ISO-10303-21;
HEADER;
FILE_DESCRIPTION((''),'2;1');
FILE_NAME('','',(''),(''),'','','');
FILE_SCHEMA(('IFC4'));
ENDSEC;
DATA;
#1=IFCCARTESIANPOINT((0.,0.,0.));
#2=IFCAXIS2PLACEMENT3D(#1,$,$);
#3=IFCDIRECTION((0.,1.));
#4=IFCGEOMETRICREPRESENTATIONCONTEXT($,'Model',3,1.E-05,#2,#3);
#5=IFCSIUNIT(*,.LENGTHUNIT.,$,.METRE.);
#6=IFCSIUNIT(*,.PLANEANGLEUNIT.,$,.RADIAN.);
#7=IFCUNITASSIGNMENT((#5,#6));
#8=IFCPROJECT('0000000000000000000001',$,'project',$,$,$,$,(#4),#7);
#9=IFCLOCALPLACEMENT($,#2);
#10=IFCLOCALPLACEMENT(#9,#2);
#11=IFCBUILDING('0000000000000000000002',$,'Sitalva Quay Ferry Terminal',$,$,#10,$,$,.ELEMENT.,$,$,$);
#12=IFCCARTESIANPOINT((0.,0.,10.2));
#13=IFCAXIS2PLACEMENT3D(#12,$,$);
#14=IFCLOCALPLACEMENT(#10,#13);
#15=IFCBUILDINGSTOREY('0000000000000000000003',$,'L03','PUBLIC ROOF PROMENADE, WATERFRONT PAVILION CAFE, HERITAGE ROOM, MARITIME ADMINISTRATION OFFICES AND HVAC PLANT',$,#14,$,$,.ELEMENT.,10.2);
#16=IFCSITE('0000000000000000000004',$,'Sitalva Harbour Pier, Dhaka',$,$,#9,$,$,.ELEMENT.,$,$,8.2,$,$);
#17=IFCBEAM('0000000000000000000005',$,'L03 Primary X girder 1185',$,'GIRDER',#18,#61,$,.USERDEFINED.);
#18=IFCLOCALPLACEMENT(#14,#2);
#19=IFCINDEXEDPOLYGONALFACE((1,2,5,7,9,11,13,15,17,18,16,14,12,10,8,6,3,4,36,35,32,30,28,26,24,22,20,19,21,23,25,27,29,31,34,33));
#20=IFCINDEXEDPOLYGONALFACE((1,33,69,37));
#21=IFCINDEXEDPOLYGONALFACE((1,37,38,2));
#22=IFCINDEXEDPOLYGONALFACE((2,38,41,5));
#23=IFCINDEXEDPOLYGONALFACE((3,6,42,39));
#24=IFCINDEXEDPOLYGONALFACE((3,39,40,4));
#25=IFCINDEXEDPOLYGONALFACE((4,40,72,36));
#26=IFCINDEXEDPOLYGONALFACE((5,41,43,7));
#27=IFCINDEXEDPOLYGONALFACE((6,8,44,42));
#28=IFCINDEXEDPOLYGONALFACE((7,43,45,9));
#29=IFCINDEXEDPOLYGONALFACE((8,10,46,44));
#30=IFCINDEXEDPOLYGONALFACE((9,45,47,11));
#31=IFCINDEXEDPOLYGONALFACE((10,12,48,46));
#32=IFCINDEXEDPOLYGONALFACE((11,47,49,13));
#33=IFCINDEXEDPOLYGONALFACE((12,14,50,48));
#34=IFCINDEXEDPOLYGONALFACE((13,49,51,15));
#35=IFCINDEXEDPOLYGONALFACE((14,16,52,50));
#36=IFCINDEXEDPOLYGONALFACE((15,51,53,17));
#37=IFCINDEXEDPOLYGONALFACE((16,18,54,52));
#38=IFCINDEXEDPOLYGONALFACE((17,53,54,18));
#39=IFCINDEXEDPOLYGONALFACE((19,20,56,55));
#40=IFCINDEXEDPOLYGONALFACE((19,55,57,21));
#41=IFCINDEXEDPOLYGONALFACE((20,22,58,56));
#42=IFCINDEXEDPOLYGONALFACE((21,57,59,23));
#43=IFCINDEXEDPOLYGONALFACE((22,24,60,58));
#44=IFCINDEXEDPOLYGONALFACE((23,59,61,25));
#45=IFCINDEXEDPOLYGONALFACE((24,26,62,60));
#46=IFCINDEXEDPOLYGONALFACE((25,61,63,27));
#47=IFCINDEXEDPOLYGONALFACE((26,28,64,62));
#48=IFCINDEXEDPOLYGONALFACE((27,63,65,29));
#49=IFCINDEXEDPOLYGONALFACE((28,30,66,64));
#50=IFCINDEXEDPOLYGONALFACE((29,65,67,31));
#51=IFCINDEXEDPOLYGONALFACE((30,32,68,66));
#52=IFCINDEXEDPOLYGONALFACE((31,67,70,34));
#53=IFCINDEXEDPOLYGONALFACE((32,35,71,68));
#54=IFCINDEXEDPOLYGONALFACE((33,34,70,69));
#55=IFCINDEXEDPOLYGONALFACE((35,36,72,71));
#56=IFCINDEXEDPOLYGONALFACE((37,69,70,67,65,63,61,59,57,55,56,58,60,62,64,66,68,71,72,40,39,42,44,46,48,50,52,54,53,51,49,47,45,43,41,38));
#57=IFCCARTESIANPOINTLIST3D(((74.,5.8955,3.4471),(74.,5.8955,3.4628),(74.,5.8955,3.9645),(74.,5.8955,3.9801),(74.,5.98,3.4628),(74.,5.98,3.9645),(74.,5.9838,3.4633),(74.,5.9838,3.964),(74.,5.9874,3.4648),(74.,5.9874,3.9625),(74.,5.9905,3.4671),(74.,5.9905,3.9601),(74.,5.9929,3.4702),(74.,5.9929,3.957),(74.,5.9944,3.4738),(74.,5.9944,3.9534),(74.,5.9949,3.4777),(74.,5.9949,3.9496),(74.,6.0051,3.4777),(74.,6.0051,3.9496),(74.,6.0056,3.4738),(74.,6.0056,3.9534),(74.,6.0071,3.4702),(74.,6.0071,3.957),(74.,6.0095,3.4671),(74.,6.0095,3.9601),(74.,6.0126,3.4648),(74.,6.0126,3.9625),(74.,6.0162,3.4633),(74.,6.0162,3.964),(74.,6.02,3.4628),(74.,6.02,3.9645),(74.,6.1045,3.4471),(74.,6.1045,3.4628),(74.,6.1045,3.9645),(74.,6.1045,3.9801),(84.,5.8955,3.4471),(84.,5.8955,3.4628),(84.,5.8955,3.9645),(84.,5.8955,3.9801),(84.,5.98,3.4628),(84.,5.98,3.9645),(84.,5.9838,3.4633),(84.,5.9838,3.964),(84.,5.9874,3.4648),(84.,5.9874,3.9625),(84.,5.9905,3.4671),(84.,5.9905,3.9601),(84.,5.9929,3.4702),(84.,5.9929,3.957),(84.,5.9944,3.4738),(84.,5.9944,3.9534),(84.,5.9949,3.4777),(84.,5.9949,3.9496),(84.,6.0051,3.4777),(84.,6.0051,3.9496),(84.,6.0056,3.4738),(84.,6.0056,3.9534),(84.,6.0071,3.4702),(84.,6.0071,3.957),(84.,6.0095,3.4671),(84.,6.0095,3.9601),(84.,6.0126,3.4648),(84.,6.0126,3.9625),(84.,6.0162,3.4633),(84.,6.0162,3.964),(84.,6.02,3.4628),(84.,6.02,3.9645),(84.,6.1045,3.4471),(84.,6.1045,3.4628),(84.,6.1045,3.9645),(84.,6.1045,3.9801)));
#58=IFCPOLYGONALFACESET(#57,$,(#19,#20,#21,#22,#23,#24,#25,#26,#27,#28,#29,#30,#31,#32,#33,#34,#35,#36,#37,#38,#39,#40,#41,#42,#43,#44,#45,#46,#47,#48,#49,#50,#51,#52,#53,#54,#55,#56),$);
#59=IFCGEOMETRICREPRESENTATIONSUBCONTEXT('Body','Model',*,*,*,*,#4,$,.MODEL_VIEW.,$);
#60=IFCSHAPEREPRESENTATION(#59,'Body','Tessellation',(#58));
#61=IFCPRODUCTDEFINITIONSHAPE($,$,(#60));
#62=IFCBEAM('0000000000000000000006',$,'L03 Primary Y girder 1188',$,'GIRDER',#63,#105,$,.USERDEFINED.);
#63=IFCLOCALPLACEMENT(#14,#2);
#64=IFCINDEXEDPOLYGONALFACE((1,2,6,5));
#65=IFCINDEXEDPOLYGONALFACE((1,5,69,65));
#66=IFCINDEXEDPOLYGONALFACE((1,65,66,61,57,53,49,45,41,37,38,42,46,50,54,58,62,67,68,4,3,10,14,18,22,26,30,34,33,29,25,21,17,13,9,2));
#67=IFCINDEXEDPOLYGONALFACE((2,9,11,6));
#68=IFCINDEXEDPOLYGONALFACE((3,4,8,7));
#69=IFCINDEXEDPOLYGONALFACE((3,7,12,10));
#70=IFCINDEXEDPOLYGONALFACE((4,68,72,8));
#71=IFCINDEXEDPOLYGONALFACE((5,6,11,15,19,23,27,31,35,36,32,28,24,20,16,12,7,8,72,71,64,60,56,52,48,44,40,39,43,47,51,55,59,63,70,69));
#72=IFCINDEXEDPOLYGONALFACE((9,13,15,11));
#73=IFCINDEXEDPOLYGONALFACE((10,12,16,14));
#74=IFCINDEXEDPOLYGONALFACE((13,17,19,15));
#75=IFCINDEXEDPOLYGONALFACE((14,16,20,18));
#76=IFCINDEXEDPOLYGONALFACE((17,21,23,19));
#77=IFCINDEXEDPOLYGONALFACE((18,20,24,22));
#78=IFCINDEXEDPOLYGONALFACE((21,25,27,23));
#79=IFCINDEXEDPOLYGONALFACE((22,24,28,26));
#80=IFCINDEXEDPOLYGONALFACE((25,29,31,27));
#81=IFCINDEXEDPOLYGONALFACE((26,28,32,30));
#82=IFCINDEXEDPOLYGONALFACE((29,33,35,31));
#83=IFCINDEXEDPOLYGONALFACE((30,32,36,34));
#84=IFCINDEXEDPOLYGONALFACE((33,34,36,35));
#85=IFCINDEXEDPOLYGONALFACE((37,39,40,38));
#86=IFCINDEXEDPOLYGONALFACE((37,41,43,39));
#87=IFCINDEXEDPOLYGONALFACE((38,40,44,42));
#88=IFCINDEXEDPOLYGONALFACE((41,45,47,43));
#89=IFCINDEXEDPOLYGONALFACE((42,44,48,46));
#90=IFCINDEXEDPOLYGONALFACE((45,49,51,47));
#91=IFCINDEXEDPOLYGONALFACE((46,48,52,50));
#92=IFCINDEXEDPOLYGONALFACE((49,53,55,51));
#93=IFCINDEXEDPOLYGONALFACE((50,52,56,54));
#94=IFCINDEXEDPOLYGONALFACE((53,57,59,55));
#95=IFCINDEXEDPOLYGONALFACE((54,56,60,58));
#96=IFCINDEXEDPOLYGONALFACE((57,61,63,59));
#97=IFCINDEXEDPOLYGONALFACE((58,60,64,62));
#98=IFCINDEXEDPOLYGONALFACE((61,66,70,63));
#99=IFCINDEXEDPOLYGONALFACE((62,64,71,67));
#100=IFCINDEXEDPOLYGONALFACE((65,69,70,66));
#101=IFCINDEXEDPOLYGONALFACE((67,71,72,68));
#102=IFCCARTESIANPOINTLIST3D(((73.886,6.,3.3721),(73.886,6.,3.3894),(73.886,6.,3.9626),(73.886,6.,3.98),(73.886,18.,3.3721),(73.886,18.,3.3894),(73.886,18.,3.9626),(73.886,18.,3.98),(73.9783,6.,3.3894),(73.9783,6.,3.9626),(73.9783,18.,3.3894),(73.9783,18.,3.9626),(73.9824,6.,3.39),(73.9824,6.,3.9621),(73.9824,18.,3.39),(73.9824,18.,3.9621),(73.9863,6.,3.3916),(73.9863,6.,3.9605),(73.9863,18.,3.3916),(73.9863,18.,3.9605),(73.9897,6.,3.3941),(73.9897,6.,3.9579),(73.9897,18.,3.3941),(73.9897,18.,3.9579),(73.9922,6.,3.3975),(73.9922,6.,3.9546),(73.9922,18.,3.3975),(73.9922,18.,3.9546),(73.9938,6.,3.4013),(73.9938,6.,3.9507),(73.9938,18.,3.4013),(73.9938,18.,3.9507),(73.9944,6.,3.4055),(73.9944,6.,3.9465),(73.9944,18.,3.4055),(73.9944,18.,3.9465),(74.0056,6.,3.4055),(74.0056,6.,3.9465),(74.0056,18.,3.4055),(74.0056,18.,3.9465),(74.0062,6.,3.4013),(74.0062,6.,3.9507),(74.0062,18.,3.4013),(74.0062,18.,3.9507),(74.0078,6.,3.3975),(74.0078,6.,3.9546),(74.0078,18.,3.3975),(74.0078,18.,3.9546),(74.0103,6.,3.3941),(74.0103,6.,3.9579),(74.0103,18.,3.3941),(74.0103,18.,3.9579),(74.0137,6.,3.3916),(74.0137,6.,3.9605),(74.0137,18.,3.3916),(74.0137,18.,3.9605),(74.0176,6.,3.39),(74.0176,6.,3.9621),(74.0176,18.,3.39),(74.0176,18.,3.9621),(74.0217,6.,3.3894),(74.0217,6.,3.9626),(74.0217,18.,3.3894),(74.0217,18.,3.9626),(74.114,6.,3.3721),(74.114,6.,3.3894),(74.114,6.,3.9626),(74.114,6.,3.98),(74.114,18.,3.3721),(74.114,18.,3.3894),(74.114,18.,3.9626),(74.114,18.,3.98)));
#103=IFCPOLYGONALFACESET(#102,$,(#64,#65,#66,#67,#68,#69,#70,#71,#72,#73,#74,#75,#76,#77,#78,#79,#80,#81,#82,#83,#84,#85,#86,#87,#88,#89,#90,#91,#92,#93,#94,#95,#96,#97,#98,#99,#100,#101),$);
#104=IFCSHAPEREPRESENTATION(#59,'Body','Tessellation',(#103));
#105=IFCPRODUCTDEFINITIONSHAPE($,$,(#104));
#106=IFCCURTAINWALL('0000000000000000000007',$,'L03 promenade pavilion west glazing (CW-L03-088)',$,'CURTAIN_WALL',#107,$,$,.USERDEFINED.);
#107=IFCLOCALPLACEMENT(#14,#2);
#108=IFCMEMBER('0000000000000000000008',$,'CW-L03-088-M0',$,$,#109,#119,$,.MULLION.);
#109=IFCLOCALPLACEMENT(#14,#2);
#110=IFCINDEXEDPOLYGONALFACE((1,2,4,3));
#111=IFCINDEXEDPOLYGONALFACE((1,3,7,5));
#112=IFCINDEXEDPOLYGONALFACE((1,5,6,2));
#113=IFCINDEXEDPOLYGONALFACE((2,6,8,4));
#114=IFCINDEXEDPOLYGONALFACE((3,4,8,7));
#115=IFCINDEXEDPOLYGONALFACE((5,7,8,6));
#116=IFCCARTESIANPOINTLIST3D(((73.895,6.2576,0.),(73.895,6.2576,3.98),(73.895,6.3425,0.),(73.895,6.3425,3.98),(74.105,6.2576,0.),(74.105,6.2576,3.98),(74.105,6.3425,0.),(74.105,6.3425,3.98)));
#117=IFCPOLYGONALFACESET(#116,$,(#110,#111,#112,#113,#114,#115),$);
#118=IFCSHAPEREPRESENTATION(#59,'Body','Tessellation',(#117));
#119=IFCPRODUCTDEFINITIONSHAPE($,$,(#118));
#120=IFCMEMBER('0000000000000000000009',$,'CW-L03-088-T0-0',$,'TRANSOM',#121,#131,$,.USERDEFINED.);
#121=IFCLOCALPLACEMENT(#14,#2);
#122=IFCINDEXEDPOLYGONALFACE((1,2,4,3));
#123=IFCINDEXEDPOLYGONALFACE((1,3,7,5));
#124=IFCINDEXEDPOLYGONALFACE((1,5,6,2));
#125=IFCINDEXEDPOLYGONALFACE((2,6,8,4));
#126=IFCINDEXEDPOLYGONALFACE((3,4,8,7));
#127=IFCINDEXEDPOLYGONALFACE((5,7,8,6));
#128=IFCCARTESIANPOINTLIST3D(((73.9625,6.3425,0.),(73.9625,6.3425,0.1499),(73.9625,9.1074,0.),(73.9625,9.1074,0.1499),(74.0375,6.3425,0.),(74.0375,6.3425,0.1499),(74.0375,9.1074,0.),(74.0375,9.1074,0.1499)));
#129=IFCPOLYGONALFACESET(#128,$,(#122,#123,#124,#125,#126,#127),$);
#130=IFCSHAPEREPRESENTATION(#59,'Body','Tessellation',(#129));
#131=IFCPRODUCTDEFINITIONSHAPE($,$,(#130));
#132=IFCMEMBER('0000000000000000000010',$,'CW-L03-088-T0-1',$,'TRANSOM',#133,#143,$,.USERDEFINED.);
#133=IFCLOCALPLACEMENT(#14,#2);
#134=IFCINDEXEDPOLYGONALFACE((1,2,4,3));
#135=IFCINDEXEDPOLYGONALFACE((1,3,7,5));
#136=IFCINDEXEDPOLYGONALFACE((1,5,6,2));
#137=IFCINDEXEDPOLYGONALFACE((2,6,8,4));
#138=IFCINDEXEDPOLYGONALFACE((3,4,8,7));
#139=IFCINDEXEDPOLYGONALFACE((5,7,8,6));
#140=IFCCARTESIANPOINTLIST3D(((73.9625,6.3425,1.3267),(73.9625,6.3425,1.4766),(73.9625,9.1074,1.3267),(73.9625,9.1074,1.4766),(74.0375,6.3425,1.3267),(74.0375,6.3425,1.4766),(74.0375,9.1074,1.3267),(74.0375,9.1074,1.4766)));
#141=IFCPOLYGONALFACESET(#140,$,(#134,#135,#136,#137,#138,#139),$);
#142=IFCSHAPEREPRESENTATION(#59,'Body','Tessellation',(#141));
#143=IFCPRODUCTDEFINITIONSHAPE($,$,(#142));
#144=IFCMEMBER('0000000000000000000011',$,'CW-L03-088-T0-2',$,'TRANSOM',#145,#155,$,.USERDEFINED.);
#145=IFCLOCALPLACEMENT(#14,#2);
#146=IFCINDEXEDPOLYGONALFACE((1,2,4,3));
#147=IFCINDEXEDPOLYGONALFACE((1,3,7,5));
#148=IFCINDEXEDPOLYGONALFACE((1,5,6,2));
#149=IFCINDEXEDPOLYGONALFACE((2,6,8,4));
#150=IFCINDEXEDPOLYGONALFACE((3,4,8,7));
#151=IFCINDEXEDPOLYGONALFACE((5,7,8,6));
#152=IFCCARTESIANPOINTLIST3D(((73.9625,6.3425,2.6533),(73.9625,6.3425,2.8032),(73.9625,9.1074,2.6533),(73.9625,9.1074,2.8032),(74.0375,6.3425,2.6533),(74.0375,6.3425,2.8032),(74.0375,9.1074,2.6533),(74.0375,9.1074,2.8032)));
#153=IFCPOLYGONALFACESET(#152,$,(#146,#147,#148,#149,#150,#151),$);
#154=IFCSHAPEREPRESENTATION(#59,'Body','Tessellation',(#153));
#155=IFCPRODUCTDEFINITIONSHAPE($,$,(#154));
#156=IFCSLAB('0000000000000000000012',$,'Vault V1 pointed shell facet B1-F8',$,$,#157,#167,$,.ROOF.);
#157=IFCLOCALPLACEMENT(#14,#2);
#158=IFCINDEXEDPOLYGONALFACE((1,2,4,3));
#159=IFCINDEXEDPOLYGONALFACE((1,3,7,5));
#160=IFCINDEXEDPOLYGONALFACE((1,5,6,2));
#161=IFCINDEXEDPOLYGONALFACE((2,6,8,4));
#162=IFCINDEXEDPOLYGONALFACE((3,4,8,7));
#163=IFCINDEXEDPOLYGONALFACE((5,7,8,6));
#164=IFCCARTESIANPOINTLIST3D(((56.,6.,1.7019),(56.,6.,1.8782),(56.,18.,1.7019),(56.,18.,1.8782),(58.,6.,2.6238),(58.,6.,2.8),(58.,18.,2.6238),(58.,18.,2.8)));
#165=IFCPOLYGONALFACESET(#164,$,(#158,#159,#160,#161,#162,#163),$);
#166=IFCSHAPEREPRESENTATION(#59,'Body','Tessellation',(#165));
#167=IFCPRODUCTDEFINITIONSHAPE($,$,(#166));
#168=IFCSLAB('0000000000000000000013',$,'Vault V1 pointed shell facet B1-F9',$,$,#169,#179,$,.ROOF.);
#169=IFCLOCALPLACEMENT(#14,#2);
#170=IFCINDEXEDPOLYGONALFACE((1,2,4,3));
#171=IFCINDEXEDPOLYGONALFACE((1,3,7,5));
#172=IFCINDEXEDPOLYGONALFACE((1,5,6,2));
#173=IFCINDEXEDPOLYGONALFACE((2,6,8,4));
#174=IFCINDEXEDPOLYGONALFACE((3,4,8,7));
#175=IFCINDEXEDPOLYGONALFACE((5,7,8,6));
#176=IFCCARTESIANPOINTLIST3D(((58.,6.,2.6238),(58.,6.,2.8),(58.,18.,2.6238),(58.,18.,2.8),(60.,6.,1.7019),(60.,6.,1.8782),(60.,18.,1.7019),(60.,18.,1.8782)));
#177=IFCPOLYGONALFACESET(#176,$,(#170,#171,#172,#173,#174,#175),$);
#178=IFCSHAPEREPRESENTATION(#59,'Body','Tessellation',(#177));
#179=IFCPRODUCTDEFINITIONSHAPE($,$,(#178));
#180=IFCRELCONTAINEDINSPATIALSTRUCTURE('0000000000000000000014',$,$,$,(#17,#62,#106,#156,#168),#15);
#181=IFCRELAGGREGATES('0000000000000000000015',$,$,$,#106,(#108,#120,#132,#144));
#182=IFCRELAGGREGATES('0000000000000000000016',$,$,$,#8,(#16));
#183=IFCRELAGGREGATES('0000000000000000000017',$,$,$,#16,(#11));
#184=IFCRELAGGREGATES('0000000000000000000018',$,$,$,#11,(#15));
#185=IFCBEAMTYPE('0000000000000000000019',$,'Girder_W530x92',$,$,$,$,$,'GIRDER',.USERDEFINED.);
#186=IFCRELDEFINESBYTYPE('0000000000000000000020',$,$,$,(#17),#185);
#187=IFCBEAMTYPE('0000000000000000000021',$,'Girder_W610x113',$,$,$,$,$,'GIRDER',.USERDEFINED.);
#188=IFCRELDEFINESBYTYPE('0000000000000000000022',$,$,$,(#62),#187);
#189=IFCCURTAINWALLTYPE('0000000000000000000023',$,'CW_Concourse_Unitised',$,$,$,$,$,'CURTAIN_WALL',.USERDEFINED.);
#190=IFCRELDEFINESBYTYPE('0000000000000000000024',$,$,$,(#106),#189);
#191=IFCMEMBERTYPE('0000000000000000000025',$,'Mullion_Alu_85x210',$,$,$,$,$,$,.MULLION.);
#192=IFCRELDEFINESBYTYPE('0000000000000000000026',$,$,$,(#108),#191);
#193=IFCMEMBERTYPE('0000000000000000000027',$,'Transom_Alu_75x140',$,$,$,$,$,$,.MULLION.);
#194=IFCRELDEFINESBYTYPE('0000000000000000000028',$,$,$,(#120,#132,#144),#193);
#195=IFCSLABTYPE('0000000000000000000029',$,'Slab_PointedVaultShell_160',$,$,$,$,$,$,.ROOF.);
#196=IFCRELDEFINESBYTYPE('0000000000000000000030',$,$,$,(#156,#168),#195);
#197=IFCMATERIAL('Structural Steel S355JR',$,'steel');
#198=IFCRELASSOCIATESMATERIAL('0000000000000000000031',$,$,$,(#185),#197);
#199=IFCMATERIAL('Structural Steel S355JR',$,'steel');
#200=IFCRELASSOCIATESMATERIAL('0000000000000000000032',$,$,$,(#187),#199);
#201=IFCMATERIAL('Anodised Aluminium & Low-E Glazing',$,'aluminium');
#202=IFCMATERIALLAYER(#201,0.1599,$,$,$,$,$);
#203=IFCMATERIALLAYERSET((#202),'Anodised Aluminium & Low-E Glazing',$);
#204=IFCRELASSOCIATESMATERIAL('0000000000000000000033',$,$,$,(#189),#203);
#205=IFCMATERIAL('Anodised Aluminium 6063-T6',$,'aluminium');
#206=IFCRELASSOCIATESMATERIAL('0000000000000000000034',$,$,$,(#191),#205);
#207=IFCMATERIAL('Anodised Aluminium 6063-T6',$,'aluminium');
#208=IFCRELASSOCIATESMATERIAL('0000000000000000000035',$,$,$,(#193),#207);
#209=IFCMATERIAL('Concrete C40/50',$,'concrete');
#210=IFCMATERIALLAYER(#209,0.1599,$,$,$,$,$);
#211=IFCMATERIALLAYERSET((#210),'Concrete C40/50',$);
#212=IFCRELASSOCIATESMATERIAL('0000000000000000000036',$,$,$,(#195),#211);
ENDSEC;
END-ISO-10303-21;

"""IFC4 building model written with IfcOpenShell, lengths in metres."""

from ifc_helpers import new_model, si_unit, direction, frame, origin, origin_2d, place, context, subcontext, project, spatial, polyline, rectangle, i_section, outline, extrude, material, layer, layer_set, material_profile, profile_set, type_object, element, aggregate, save


model = new_model("IFC4")

# Units and contexts
model_context = context("Model", 3, precision=1e-05, world=origin(), true_north=direction((0.0, 1.0)))
body_context = subcontext(model_context, "Body", "Model", "MODEL_VIEW")
ifc_project = project(units=[si_unit("LENGTHUNIT", "METRE"), si_unit("PLANEANGLEUNIT", "RADIAN")], contexts=[model_context])

# Site, building, storey
site_placement = place(None, origin())
site = spatial("IfcSite", under=ifc_project, at=site_placement, Name="Sitalva Harbour Pier, Dhaka", CompositionType="ELEMENT", RefElevation=8.2)
building_placement = place(site_placement, origin())
building = spatial("IfcBuilding", under=site, at=building_placement, Name="Sitalva Quay Ferry Terminal", CompositionType="ELEMENT")
storey_placement = place(building_placement, frame((0.0, 0.0, 10.2)))
storey = spatial("IfcBuildingStorey", under=building, at=storey_placement, Name="L03", Description="PUBLIC ROOF PROMENADE, WATERFRONT PAVILION CAFE, HERITAGE ROOM, MARITIME ADMINISTRATION OFFICES AND HVAC PLANT", CompositionType="ELEMENT", Elevation=10.2)

# Beams
ifc_material_1 = material(Name="Structural Steel S355JR", Category="steel")
ifc_material_profile_1 = material_profile(ifc_material_1, i_section(OverallWidth=0.209, OverallDepth=0.533, WebThickness=0.0103, FlangeThickness=0.0156, FilletRadius=0.0149, at=origin_2d()), Name="W530x92")
ifc_profile_set_1 = profile_set([ifc_material_profile_1], Name="Structural Steel S355JR")
beam_type_1 = type_object("IfcBeamType", Name="Girder_W530x92", ElementType="GIRDER", PredefinedType="USERDEFINED", material=ifc_profile_set_1)
beam_1_placement = place(storey_placement, frame((74.0, 6.0, 3.7136), z_axis=(1.0, 0.0, 0.0), x_axis=(0.0, 1.0, 0.0)))
element("IfcBeam", 1, at=beam_1_placement, inside=storey, type_object=beam_type_1, Name="L03 Primary X girder 1185", ObjectType="GIRDER", PredefinedType="USERDEFINED", context=body_context, shape_type="SweptSolid", body=[
    extrude(i_section(OverallWidth=0.209, OverallDepth=0.533, WebThickness=0.0103, FlangeThickness=0.0156, FilletRadius=0.0149, at=origin_2d()), origin(), (0.0, 0.0, 1.0), 10.0),
])
ifc_material_2 = material(Name="Structural Steel S355JR", Category="steel")
ifc_material_profile_2 = material_profile(ifc_material_2, i_section(OverallWidth=0.228, OverallDepth=0.6079, WebThickness=0.0112, FlangeThickness=0.0173, FilletRadius=0.0161, at=origin_2d()), Name="W610x113")
ifc_profile_set_2 = profile_set([ifc_material_profile_2], Name="Structural Steel S355JR")
beam_type_2 = type_object("IfcBeamType", Name="Girder_W610x113", ElementType="GIRDER", PredefinedType="USERDEFINED", material=ifc_profile_set_2)
beam_2_placement = place(storey_placement, frame((74.0, 6.0, 3.676), z_axis=(0.0, 1.0, 0.0), x_axis=(-1.0, 0.0, 0.0)))
element("IfcBeam", 2, at=beam_2_placement, inside=storey, type_object=beam_type_2, Name="L03 Primary Y girder 1188", ObjectType="GIRDER", PredefinedType="USERDEFINED", context=body_context, shape_type="SweptSolid", body=[
    extrude(i_section(OverallWidth=0.228, OverallDepth=0.6079, WebThickness=0.0112, FlangeThickness=0.0173, FilletRadius=0.0161, at=origin_2d()), origin(), (0.0, 0.0, 1.0), 12.0),
])

# Curtain wall, members
ifc_material_3 = material(Name="Anodised Aluminium & Low-E Glazing", Category="aluminium")
ifc_layer_1 = layer(ifc_material_3, 0.1599)
ifc_layer_set_1 = layer_set([ifc_layer_1], Name="Anodised Aluminium & Low-E Glazing")
curtain_wall_type = type_object("IfcCurtainWallType", Name="CW_Concourse_Unitised", ElementType="CURTAIN_WALL", PredefinedType="USERDEFINED", material=ifc_layer_set_1)
curtain_wall_placement = place(storey_placement, origin())
curtain_wall = element("IfcCurtainWall", 3, at=curtain_wall_placement, inside=storey, type_object=curtain_wall_type, Name="L03 promenade pavilion west glazing (CW-L03-088)", ObjectType="CURTAIN_WALL", PredefinedType="USERDEFINED")
ifc_material_4 = material(Name="Anodised Aluminium 6063-T6", Category="aluminium")
ifc_material_profile_3 = material_profile(ifc_material_4, rectangle(XDim=0.085, YDim=0.21, at=origin_2d()), Name="ALU85x210")
ifc_profile_set_3 = profile_set([ifc_material_profile_3], Name="Anodised Aluminium 6063-T6")
member_type_1 = type_object("IfcMemberType", Name="Mullion_Alu_85x210", PredefinedType="MULLION", material=ifc_profile_set_3)
member_1_placement = place(storey_placement, frame((74.0, 6.3, 0.0), z_axis=(0.0, 0.0, 1.0), x_axis=(0.0, 1.0, 0.0)))
member_1 = element("IfcMember", 4, at=member_1_placement, type_object=member_type_1, Name="CW-L03-088-M0", PredefinedType="MULLION", context=body_context, shape_type="SweptSolid", body=[
    extrude(rectangle(XDim=0.085, YDim=0.21, at=origin_2d()), origin(), (0.0, 0.0, 1.0), 3.98),
])
ifc_material_5 = material(Name="Anodised Aluminium 6063-T6", Category="aluminium")
ifc_material_profile_4 = material_profile(ifc_material_5, rectangle(XDim=0.075, YDim=0.1499, at=origin_2d()), Name="ALU75x150")
ifc_profile_set_4 = profile_set([ifc_material_profile_4], Name="Anodised Aluminium 6063-T6")
member_type_2 = type_object("IfcMemberType", Name="Transom_Alu_75x140", PredefinedType="MULLION", material=ifc_profile_set_4)
member_2_placement = place(storey_placement, frame((74.0, 6.3425, 0.075), z_axis=(0.0, 1.0, 0.0), x_axis=(-1.0, 0.0, 0.0)))
member_2 = element("IfcMember", 5, at=member_2_placement, type_object=member_type_2, Name="CW-L03-088-T0-0", ObjectType="TRANSOM", PredefinedType="USERDEFINED", context=body_context, shape_type="SweptSolid", body=[
    extrude(rectangle(XDim=0.075, YDim=0.1499, at=origin_2d()), origin(), (0.0, 0.0, 1.0), 2.7649),
])
member_3_placement = place(storey_placement, frame((74.0, 6.3425, 1.4016), z_axis=(0.0, 1.0, 0.0), x_axis=(-1.0, 0.0, 0.0)))
member_3 = element("IfcMember", 6, at=member_3_placement, type_object=member_type_2, Name="CW-L03-088-T0-1", ObjectType="TRANSOM", PredefinedType="USERDEFINED", context=body_context, shape_type="SweptSolid", body=[
    extrude(rectangle(XDim=0.075, YDim=0.1499, at=origin_2d()), origin(), (0.0, 0.0, 1.0), 2.7649),
])
member_4_placement = place(storey_placement, frame((74.0, 6.3425, 2.7283), z_axis=(0.0, 1.0, 0.0), x_axis=(-1.0, 0.0, 0.0)))
member_4 = element("IfcMember", 7, at=member_4_placement, type_object=member_type_2, Name="CW-L03-088-T0-2", ObjectType="TRANSOM", PredefinedType="USERDEFINED", context=body_context, shape_type="SweptSolid", body=[
    extrude(rectangle(XDim=0.075, YDim=0.1499, at=origin_2d()), origin(), (0.0, 0.0, 1.0), 2.7649),
])
aggregate(curtain_wall, [member_1, member_2, member_3, member_4])

# Slabs
ifc_material_6 = material(Name="Concrete C40/50", Category="concrete")
ifc_layer_2 = layer(ifc_material_6, 0.1599)
ifc_layer_set_2 = layer_set([ifc_layer_2], Name="Concrete C40/50")
slab_type = type_object("IfcSlabType", Name="Slab_PointedVaultShell_160", PredefinedType="ROOF", material=ifc_layer_set_2)
slab_1_placement = place(storey_placement, frame((56.0, 6.0, 1.8782), z_axis=(-0.418608, 0.0, 0.908167), x_axis=(0.908167, 0.0, 0.418608)))
element("IfcSlab", 8, at=slab_1_placement, inside=storey, type_object=slab_type, Name="Vault V1 pointed shell facet B1-F8", PredefinedType="ROOF", context=body_context, shape_type="SweptSolid", body=[
    extrude(outline(polyline([(0.0, 0.0), (2.2022, 0.0), (2.2022, 12.0), (0.0, 12.0), (0.0, 0.0)])), origin(), (-0.418608, 0.0, -0.908167), 0.1763),
])
slab_2_placement = place(storey_placement, frame((58.0, 6.0, 2.8), z_axis=(0.418608, 0.0, 0.908167), x_axis=(0.908167, 0.0, -0.418608)))
element("IfcSlab", 9, at=slab_2_placement, inside=storey, type_object=slab_type, Name="Vault V1 pointed shell facet B1-F9", PredefinedType="ROOF", context=body_context, shape_type="SweptSolid", body=[
    extrude(outline(polyline([(0.0, 0.0), (2.2022, 0.0), (2.2022, 12.0), (0.0, 12.0), (0.0, 0.0)])), origin(), (0.418608, 0.0, -0.908167), 0.1763),
])

save(model, "model.ifc")
